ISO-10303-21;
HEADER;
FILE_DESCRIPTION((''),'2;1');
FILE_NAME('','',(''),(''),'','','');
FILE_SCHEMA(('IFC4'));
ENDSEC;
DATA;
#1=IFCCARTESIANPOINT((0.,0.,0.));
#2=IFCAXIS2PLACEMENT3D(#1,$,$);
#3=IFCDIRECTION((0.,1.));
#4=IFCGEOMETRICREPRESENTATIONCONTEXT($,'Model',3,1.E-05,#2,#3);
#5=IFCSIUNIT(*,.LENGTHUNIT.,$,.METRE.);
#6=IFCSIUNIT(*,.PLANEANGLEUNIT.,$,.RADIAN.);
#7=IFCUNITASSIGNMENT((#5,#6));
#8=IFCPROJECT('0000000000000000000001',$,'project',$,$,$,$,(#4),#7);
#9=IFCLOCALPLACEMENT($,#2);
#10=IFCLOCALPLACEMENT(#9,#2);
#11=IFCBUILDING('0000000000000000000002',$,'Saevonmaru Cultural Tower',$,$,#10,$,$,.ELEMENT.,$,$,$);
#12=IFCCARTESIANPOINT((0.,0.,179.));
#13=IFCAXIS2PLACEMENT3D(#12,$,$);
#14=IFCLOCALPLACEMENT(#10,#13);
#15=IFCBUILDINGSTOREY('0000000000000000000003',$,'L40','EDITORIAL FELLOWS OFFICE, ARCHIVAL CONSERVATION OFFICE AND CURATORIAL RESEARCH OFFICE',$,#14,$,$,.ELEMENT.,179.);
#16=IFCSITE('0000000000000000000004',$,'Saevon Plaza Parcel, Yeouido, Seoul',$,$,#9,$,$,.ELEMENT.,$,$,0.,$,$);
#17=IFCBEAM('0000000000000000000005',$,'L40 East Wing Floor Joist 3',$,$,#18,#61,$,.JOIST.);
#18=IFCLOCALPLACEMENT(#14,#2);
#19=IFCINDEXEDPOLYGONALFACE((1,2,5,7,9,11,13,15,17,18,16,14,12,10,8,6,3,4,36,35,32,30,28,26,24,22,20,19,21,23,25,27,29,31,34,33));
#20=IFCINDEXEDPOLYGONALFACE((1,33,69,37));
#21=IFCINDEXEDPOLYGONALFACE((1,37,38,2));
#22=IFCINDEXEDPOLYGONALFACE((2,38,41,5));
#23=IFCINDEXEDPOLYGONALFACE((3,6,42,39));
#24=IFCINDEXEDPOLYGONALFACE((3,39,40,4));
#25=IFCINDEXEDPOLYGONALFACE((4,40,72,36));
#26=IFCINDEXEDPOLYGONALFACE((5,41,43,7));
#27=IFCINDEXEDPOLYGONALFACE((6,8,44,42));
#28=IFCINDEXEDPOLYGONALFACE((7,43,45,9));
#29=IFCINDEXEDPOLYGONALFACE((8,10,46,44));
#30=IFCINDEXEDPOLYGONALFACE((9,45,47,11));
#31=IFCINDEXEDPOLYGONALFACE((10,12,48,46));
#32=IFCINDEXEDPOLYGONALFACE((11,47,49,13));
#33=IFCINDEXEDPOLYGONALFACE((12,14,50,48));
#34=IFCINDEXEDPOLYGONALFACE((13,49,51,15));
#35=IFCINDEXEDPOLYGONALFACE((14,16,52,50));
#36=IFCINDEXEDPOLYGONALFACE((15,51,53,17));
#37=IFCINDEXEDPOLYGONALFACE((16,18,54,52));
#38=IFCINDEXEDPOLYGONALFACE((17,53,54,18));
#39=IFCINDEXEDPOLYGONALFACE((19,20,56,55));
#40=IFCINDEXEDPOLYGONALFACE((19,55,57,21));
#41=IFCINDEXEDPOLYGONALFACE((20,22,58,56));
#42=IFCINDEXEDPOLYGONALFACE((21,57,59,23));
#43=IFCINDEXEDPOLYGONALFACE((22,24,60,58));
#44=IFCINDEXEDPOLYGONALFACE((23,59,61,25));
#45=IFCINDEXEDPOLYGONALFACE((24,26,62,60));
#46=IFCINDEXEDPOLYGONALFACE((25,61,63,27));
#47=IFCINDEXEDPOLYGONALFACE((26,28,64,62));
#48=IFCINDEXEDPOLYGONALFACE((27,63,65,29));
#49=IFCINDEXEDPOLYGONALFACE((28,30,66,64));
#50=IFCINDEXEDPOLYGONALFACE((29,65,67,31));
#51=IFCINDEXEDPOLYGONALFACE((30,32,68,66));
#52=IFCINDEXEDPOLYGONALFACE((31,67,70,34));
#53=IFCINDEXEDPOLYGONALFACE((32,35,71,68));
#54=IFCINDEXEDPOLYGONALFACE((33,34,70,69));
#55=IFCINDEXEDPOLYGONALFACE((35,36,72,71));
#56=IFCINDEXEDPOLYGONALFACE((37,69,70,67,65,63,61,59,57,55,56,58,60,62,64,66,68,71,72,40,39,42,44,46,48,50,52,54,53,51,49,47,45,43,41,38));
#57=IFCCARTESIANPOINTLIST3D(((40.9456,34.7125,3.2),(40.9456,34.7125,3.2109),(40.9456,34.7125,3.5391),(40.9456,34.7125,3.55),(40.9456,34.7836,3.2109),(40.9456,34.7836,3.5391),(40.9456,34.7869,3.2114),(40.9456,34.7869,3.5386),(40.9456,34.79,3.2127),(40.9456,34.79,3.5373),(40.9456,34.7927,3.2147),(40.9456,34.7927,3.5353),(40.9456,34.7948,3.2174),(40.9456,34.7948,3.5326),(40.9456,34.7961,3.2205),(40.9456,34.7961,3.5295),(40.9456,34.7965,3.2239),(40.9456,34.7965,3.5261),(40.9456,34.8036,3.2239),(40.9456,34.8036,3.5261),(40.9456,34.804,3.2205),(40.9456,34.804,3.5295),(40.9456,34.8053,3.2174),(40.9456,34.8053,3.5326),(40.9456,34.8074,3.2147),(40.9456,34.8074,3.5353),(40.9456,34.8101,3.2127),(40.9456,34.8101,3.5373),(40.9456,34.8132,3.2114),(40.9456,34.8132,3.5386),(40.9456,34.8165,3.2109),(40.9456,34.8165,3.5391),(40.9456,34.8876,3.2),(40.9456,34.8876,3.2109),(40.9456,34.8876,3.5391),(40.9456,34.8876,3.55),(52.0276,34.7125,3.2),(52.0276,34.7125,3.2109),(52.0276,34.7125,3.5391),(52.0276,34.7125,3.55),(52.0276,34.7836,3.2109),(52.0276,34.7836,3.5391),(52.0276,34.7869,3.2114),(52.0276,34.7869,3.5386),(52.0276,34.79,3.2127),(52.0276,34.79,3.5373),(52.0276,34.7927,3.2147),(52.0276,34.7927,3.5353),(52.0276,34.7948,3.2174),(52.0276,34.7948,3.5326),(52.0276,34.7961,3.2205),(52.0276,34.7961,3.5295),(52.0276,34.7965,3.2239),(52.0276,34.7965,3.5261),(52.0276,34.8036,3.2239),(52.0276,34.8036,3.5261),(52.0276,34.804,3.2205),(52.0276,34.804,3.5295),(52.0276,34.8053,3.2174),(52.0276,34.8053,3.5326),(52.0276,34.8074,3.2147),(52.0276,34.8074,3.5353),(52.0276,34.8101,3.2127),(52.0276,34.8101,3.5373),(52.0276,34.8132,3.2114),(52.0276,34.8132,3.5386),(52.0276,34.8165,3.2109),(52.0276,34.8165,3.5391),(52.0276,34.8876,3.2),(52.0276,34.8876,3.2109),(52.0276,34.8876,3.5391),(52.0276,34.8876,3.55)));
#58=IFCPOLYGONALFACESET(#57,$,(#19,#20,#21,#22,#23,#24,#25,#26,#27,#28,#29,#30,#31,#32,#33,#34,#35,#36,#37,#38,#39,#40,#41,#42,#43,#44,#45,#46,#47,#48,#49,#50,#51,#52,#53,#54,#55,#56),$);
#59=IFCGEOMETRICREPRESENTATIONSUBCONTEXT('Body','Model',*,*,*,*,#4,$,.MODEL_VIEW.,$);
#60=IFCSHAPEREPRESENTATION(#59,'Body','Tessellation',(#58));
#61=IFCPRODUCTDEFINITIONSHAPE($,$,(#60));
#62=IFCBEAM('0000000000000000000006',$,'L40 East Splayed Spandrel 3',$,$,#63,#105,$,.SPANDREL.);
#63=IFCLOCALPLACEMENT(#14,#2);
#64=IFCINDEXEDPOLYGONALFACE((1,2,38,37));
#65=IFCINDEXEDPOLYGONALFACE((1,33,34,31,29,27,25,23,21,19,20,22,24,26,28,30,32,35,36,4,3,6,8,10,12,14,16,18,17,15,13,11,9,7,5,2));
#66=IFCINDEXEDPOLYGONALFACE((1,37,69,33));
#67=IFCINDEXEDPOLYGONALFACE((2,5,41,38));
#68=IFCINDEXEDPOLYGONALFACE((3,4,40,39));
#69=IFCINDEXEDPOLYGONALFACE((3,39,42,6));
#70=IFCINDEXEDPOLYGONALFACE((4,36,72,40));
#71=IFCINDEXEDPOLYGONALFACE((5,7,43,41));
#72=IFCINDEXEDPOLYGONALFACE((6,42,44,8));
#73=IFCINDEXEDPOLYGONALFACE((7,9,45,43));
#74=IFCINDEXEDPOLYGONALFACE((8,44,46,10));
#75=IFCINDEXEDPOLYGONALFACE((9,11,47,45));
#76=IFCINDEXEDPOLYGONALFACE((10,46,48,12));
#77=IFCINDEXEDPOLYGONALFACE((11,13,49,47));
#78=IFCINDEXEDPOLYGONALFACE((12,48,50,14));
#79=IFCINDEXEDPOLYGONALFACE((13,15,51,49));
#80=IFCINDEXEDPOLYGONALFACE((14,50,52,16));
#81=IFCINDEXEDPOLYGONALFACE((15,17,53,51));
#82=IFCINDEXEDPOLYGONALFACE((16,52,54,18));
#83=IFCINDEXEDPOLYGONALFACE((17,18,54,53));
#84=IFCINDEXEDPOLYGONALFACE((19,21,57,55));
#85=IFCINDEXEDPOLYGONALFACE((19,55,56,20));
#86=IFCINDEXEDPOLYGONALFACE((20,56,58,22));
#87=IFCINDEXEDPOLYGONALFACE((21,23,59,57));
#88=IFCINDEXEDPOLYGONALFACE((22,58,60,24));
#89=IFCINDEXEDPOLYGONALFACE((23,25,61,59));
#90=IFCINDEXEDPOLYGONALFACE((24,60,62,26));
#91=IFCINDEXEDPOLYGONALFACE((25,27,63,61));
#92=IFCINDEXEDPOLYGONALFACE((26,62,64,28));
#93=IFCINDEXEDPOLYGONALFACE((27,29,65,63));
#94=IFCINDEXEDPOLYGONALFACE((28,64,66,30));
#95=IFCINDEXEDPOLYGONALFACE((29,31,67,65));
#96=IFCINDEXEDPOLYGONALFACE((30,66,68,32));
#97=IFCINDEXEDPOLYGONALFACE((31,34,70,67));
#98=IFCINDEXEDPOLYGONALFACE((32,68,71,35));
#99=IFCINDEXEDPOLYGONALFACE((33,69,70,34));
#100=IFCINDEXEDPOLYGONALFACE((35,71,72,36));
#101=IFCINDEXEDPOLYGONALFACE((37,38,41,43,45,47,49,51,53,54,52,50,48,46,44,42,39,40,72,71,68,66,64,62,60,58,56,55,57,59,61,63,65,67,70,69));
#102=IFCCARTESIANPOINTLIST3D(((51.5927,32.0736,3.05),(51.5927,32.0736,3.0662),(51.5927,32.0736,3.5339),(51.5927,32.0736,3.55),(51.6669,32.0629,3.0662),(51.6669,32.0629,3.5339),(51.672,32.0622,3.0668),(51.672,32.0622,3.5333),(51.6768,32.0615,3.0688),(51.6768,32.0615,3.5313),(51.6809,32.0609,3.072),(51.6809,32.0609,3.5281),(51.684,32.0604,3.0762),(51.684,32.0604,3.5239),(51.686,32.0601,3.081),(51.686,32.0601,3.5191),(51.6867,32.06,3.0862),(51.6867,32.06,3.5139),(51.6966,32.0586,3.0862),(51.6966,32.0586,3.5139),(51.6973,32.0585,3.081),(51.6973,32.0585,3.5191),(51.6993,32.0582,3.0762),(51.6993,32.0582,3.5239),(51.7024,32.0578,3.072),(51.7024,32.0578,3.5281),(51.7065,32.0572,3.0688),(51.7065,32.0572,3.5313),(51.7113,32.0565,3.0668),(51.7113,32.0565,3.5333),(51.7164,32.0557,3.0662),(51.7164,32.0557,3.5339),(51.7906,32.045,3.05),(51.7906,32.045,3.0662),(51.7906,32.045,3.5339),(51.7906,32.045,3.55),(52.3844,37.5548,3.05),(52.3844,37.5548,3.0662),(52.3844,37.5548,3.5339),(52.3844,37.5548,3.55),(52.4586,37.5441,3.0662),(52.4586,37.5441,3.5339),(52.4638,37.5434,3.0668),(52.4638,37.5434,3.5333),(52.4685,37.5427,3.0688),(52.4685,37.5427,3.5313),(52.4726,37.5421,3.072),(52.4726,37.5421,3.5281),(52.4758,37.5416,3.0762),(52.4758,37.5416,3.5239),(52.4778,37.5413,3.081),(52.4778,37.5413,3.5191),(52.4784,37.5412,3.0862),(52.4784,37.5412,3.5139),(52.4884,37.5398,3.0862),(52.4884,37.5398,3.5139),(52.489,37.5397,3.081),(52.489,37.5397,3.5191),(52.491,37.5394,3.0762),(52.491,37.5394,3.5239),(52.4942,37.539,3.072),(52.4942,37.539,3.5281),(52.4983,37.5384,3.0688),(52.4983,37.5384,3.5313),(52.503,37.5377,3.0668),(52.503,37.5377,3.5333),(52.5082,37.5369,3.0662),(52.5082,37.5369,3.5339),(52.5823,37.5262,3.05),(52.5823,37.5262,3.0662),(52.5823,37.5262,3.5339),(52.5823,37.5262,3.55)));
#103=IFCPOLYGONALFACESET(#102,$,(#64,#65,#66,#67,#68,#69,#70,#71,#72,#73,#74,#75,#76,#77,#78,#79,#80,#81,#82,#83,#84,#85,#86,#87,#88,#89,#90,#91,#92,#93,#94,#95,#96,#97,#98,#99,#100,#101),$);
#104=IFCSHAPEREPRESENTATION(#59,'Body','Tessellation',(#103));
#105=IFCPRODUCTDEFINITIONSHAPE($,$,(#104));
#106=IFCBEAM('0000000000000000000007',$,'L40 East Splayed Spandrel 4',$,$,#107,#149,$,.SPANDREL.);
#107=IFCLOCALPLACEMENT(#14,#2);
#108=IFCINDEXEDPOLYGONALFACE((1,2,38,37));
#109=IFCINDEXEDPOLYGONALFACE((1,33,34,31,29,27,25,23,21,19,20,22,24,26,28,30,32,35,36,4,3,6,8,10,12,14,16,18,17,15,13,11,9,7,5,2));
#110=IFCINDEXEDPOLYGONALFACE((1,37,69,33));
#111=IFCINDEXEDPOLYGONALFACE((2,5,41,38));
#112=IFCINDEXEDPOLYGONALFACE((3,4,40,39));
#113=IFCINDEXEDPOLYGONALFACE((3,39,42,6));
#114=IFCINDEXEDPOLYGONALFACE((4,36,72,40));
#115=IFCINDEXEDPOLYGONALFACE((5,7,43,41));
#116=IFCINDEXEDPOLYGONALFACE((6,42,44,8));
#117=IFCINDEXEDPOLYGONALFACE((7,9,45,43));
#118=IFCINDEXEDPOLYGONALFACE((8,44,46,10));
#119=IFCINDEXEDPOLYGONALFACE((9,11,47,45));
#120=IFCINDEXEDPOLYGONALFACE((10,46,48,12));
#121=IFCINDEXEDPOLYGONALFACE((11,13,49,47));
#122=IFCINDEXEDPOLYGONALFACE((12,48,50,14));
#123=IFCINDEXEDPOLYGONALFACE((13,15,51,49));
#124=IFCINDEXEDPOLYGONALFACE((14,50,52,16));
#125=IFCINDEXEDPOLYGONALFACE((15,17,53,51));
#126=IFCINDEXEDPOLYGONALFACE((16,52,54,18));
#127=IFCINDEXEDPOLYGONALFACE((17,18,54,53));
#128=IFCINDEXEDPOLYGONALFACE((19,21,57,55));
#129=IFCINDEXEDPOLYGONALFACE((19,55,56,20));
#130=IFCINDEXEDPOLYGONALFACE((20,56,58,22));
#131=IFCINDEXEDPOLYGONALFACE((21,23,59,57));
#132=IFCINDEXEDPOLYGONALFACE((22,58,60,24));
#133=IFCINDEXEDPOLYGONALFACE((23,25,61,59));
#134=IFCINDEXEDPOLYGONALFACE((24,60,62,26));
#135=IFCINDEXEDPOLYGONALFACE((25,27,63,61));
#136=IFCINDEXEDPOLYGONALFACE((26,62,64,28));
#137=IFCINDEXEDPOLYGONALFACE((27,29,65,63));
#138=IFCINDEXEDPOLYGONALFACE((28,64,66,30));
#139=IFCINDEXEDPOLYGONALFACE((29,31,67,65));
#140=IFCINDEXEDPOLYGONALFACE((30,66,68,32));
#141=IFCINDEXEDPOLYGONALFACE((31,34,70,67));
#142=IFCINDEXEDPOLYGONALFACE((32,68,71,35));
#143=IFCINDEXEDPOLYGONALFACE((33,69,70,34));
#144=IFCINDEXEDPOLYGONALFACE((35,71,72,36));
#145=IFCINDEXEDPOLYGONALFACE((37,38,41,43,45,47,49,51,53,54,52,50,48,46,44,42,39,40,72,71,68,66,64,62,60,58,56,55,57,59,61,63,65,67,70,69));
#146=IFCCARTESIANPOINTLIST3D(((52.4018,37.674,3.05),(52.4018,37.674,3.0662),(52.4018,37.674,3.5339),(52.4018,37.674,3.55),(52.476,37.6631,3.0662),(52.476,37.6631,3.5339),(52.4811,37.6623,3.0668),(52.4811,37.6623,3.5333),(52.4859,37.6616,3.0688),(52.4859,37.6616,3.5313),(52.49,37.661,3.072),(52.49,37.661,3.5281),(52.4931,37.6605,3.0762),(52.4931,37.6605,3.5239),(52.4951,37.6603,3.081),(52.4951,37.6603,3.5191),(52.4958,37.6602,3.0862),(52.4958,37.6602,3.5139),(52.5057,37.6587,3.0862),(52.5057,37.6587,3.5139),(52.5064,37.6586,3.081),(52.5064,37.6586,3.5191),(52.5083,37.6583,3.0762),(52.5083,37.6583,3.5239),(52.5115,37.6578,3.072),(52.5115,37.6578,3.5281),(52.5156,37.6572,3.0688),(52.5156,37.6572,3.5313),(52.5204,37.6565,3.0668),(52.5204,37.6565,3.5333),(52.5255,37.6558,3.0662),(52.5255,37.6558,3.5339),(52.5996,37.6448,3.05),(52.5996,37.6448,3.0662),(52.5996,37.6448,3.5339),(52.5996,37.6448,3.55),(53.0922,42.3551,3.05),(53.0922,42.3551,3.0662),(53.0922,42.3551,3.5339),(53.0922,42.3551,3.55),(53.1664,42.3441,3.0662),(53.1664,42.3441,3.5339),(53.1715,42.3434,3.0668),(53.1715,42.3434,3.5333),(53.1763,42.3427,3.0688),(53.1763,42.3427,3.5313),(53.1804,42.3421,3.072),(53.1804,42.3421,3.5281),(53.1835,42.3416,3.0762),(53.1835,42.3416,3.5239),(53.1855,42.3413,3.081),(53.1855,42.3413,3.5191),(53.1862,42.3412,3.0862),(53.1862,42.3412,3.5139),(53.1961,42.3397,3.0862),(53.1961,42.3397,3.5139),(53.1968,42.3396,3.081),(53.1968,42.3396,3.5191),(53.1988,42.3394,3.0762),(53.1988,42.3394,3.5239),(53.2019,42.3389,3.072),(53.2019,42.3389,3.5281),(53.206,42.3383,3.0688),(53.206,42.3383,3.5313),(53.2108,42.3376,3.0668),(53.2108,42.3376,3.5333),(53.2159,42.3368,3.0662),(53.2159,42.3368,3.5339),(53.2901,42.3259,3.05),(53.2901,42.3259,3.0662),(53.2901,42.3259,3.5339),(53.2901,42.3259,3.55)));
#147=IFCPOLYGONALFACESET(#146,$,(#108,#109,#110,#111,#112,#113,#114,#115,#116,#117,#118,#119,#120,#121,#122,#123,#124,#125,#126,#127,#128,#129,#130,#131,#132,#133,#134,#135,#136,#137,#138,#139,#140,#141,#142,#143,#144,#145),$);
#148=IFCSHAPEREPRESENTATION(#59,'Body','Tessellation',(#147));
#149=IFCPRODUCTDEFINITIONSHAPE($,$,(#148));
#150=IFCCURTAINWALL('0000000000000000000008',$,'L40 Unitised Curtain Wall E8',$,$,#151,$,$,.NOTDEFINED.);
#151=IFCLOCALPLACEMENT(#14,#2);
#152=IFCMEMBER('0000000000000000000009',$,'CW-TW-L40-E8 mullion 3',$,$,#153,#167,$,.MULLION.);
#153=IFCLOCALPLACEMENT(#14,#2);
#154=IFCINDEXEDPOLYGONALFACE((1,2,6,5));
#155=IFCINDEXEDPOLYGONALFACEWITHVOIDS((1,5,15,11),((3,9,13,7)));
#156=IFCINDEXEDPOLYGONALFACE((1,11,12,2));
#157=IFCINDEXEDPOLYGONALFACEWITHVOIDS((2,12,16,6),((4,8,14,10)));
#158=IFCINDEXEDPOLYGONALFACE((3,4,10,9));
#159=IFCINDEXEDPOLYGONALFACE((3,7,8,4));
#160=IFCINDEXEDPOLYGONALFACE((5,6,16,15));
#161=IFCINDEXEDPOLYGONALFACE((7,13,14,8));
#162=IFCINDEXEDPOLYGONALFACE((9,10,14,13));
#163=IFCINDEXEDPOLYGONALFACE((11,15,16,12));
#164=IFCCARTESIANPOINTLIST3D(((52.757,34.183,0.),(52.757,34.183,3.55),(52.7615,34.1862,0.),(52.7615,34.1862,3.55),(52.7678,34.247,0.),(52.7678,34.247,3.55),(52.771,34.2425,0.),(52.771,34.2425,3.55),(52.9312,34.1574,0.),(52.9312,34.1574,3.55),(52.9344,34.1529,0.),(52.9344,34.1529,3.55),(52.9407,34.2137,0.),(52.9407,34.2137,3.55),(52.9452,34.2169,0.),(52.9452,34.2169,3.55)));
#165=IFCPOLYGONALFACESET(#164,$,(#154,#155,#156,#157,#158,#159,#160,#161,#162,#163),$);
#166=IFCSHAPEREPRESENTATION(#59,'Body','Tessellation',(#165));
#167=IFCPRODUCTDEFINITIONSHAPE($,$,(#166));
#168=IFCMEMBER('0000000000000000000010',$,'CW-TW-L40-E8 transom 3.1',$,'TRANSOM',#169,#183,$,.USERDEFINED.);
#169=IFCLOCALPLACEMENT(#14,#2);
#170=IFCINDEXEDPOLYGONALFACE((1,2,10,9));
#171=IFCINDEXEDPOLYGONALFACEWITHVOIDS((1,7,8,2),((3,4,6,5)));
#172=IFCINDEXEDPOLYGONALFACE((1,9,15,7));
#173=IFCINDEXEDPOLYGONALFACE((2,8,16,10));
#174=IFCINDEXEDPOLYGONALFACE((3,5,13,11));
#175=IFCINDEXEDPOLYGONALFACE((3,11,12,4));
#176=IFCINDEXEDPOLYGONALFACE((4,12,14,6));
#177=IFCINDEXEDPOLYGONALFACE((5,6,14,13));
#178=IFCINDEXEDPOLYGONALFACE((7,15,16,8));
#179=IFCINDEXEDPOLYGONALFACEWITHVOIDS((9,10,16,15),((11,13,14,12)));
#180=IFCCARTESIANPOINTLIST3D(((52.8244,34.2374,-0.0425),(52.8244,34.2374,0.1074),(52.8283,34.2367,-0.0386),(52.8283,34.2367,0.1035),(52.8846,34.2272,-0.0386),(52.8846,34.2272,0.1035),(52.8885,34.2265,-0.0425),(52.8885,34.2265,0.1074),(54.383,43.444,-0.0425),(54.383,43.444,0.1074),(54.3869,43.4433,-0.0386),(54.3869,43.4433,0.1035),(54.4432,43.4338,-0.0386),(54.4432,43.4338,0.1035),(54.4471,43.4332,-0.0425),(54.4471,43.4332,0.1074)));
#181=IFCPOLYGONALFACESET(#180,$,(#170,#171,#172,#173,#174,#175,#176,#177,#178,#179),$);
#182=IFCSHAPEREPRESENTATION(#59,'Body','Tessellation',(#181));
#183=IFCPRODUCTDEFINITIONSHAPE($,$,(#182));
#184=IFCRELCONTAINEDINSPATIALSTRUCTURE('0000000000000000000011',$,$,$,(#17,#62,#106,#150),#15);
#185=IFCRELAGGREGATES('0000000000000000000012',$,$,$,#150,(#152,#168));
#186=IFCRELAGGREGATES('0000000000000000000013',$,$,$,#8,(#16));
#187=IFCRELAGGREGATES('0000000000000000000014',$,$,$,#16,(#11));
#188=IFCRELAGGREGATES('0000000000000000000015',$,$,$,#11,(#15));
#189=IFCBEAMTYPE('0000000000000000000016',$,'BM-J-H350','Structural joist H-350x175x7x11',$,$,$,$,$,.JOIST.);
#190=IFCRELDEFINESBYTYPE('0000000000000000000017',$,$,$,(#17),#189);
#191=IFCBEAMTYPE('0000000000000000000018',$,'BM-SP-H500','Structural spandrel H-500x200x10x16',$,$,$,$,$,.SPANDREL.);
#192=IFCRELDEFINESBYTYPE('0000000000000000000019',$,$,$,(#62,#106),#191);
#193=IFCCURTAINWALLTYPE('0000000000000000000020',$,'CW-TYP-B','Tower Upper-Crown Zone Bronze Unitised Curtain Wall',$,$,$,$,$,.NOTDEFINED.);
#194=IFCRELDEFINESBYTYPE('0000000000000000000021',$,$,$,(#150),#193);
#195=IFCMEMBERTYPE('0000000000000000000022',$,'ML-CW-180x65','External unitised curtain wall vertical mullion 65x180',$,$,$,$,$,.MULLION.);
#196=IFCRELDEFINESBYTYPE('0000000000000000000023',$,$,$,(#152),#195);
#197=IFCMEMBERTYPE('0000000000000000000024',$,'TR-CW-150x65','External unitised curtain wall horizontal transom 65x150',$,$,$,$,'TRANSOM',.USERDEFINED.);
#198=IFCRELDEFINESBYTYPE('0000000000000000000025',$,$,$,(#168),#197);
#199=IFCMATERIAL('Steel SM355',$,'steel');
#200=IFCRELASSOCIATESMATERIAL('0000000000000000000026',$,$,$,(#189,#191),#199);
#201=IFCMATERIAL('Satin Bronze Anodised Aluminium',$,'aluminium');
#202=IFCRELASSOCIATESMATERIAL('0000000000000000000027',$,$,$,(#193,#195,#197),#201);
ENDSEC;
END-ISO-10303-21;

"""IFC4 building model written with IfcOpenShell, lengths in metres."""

from ifc_helpers import new_model, si_unit, direction, frame, origin, origin_2d, place, context, subcontext, project, spatial, hollow_rectangle, i_section, extrude, material, material_profile, profile_set, type_object, element, aggregate, save


model = new_model("IFC4")

# Units and contexts
model_context = context("Model", 3, precision=1e-05, world=origin(), true_north=direction((0.0, 1.0)))
body_context = subcontext(model_context, "Body", "Model", "MODEL_VIEW")
ifc_project = project(units=[si_unit("LENGTHUNIT", "METRE"), si_unit("PLANEANGLEUNIT", "RADIAN")], contexts=[model_context])

# Site, building, storey
site_placement = place(None, origin())
site = spatial("IfcSite", under=ifc_project, at=site_placement, Name="Saevon Plaza Parcel, Yeouido, Seoul", CompositionType="ELEMENT", RefElevation=0.0)
building_placement = place(site_placement, origin())
building = spatial("IfcBuilding", under=site, at=building_placement, Name="Saevonmaru Cultural Tower", CompositionType="ELEMENT")
storey_placement = place(building_placement, frame((0.0, 0.0, 179.0)))
storey = spatial("IfcBuildingStorey", under=building, at=storey_placement, Name="L40", Description="EDITORIAL FELLOWS OFFICE, ARCHIVAL CONSERVATION OFFICE AND CURATORIAL RESEARCH OFFICE", CompositionType="ELEMENT", Elevation=179.0)

# Shared definitions
ifc_material_1 = material(Name="Steel SM355", Category="steel")

# Beams
ifc_material_profile_1 = material_profile(ifc_material_1, i_section(OverallWidth=0.175, OverallDepth=0.3501, WebThickness=0.0071, FlangeThickness=0.011, FilletRadius=0.0129, at=origin_2d()), Name="H-350x175x7x11")
ifc_profile_set_1 = profile_set([ifc_material_profile_1], Name="Steel SM355")
beam_type_1 = type_object("IfcBeamType", Name="BM-J-H350", Description="Structural joist H-350x175x7x11", PredefinedType="JOIST", material=ifc_profile_set_1)
beam_1_placement = place(storey_placement, frame((40.9456, 34.8, 3.375), z_axis=(1.0, 0.0, 0.0), x_axis=(0.0, 1.0, 0.0)))
element("IfcBeam", 1, at=beam_1_placement, inside=storey, type_object=beam_type_1, Name="L40 East Wing Floor Joist 3", PredefinedType="JOIST", context=body_context, shape_type="SweptSolid", body=[
    extrude(i_section(OverallWidth=0.175, OverallDepth=0.3501, WebThickness=0.0071, FlangeThickness=0.011, FilletRadius=0.0129, at=origin_2d()), origin(), (0.0, 0.0, 1.0), 11.082),
])
ifc_material_profile_2 = material_profile(ifc_material_1, i_section(OverallWidth=0.2, OverallDepth=0.5, WebThickness=0.01, FlangeThickness=0.0161, FilletRadius=0.02, at=origin_2d()), Name="H-500x200x10x16")
ifc_profile_set_2 = profile_set([ifc_material_profile_2], Name="Steel SM355")
beam_type_2 = type_object("IfcBeamType", Name="BM-SP-H500", Description="Structural spandrel H-500x200x10x16", PredefinedType="SPANDREL", material=ifc_profile_set_2)
beam_2_placement = place(storey_placement, frame((51.6917, 32.0593, 3.3), z_axis=(0.142964, 0.989728, 0.0), x_axis=(-0.989728, 0.142964, 0.0)))
element("IfcBeam", 2, at=beam_2_placement, inside=storey, type_object=beam_type_2, Name="L40 East Splayed Spandrel 3", PredefinedType="SPANDREL", context=body_context, shape_type="SweptSolid", body=[
    extrude(i_section(OverallWidth=0.2, OverallDepth=0.5, WebThickness=0.01, FlangeThickness=0.0161, FilletRadius=0.02, at=origin_2d()), origin(), (0.0, 0.0, 1.0), 5.5381),
])
beam_3_placement = place(storey_placement, frame((52.5007, 37.6594, 3.3), z_axis=(0.145913, 0.989297, 0.0), x_axis=(-0.989297, 0.145913, 0.0)))
element("IfcBeam", 3, at=beam_3_placement, inside=storey, type_object=beam_type_2, Name="L40 East Splayed Spandrel 4", PredefinedType="SPANDREL", context=body_context, shape_type="SweptSolid", body=[
    extrude(i_section(OverallWidth=0.2, OverallDepth=0.5, WebThickness=0.01, FlangeThickness=0.0161, FilletRadius=0.02, at=origin_2d()), origin(), (0.0, 0.0, 1.0), 4.7317),
])

# Curtain wall, members
ifc_material_2 = material(Name="Satin Bronze Anodised Aluminium", Category="aluminium")
curtain_wall_type = type_object("IfcCurtainWallType", Name="CW-TYP-B", Description="Tower Upper-Crown Zone Bronze Unitised Curtain Wall", PredefinedType="NOTDEFINED", material=ifc_material_2)
curtain_wall_placement = place(storey_placement, origin())
curtain_wall = element("IfcCurtainWall", 4, at=curtain_wall_placement, inside=storey, type_object=curtain_wall_type, Name="L40 Unitised Curtain Wall E8", PredefinedType="NOTDEFINED")
ifc_material_profile_3 = material_profile(ifc_material_2, hollow_rectangle(XDim=0.0649, YDim=0.1799, WallThickness=0.0039, at=origin_2d()), Name="ALU-MULL-180x65x4")
ifc_profile_set_3 = profile_set([ifc_material_profile_3], Name="Satin Bronze Anodised Aluminium")
member_type_1 = type_object("IfcMemberType", Name="ML-CW-180x65", Description="External unitised curtain wall vertical mullion 65x180", PredefinedType="MULLION", material=ifc_profile_set_3)
member_1_placement = place(storey_placement, frame((52.8511, 34.2, 0.0), z_axis=(0.0, 0.0, 1.0), x_axis=(0.166922, 0.98597, 0.0)))
member_1 = element("IfcMember", 5, at=member_1_placement, type_object=member_type_1, Name="CW-TW-L40-E8 mullion 3", PredefinedType="MULLION", context=body_context, shape_type="SweptSolid", body=[
    extrude(hollow_rectangle(XDim=0.0649, YDim=0.1799, WallThickness=0.0039, at=origin_2d()), origin(), (0.0, 0.0, 1.0), 3.55),
])
ifc_material_profile_4 = material_profile(ifc_material_2, hollow_rectangle(XDim=0.0649, YDim=0.1499, WallThickness=0.0039, at=origin_2d()), Name="ALU-TRAN-150x65x4")
ifc_profile_set_4 = profile_set([ifc_material_profile_4], Name="Satin Bronze Anodised Aluminium")
member_type_2 = type_object("IfcMemberType", Name="TR-CW-150x65", Description="External unitised curtain wall horizontal transom 65x150", ElementType="TRANSOM", PredefinedType="USERDEFINED", material=ifc_profile_set_4)
member_2_placement = place(storey_placement, frame((52.8564, 34.2319, 0.0325), z_axis=(0.166917, 0.985971, 0.0), x_axis=(-0.985971, 0.166917, 0.0)))
member_2 = element("IfcMember", 6, at=member_2_placement, type_object=member_type_2, Name="CW-TW-L40-E8 transom 3.1", ObjectType="TRANSOM", PredefinedType="USERDEFINED", context=body_context, shape_type="SweptSolid", body=[
    extrude(hollow_rectangle(XDim=0.0649, YDim=0.1499, WallThickness=0.0039, at=origin_2d()), origin(), (0.0, 0.0, 1.0), 9.3376),
])

aggregate(curtain_wall, [member_1, member_2])

save(model, "model.ifc")
